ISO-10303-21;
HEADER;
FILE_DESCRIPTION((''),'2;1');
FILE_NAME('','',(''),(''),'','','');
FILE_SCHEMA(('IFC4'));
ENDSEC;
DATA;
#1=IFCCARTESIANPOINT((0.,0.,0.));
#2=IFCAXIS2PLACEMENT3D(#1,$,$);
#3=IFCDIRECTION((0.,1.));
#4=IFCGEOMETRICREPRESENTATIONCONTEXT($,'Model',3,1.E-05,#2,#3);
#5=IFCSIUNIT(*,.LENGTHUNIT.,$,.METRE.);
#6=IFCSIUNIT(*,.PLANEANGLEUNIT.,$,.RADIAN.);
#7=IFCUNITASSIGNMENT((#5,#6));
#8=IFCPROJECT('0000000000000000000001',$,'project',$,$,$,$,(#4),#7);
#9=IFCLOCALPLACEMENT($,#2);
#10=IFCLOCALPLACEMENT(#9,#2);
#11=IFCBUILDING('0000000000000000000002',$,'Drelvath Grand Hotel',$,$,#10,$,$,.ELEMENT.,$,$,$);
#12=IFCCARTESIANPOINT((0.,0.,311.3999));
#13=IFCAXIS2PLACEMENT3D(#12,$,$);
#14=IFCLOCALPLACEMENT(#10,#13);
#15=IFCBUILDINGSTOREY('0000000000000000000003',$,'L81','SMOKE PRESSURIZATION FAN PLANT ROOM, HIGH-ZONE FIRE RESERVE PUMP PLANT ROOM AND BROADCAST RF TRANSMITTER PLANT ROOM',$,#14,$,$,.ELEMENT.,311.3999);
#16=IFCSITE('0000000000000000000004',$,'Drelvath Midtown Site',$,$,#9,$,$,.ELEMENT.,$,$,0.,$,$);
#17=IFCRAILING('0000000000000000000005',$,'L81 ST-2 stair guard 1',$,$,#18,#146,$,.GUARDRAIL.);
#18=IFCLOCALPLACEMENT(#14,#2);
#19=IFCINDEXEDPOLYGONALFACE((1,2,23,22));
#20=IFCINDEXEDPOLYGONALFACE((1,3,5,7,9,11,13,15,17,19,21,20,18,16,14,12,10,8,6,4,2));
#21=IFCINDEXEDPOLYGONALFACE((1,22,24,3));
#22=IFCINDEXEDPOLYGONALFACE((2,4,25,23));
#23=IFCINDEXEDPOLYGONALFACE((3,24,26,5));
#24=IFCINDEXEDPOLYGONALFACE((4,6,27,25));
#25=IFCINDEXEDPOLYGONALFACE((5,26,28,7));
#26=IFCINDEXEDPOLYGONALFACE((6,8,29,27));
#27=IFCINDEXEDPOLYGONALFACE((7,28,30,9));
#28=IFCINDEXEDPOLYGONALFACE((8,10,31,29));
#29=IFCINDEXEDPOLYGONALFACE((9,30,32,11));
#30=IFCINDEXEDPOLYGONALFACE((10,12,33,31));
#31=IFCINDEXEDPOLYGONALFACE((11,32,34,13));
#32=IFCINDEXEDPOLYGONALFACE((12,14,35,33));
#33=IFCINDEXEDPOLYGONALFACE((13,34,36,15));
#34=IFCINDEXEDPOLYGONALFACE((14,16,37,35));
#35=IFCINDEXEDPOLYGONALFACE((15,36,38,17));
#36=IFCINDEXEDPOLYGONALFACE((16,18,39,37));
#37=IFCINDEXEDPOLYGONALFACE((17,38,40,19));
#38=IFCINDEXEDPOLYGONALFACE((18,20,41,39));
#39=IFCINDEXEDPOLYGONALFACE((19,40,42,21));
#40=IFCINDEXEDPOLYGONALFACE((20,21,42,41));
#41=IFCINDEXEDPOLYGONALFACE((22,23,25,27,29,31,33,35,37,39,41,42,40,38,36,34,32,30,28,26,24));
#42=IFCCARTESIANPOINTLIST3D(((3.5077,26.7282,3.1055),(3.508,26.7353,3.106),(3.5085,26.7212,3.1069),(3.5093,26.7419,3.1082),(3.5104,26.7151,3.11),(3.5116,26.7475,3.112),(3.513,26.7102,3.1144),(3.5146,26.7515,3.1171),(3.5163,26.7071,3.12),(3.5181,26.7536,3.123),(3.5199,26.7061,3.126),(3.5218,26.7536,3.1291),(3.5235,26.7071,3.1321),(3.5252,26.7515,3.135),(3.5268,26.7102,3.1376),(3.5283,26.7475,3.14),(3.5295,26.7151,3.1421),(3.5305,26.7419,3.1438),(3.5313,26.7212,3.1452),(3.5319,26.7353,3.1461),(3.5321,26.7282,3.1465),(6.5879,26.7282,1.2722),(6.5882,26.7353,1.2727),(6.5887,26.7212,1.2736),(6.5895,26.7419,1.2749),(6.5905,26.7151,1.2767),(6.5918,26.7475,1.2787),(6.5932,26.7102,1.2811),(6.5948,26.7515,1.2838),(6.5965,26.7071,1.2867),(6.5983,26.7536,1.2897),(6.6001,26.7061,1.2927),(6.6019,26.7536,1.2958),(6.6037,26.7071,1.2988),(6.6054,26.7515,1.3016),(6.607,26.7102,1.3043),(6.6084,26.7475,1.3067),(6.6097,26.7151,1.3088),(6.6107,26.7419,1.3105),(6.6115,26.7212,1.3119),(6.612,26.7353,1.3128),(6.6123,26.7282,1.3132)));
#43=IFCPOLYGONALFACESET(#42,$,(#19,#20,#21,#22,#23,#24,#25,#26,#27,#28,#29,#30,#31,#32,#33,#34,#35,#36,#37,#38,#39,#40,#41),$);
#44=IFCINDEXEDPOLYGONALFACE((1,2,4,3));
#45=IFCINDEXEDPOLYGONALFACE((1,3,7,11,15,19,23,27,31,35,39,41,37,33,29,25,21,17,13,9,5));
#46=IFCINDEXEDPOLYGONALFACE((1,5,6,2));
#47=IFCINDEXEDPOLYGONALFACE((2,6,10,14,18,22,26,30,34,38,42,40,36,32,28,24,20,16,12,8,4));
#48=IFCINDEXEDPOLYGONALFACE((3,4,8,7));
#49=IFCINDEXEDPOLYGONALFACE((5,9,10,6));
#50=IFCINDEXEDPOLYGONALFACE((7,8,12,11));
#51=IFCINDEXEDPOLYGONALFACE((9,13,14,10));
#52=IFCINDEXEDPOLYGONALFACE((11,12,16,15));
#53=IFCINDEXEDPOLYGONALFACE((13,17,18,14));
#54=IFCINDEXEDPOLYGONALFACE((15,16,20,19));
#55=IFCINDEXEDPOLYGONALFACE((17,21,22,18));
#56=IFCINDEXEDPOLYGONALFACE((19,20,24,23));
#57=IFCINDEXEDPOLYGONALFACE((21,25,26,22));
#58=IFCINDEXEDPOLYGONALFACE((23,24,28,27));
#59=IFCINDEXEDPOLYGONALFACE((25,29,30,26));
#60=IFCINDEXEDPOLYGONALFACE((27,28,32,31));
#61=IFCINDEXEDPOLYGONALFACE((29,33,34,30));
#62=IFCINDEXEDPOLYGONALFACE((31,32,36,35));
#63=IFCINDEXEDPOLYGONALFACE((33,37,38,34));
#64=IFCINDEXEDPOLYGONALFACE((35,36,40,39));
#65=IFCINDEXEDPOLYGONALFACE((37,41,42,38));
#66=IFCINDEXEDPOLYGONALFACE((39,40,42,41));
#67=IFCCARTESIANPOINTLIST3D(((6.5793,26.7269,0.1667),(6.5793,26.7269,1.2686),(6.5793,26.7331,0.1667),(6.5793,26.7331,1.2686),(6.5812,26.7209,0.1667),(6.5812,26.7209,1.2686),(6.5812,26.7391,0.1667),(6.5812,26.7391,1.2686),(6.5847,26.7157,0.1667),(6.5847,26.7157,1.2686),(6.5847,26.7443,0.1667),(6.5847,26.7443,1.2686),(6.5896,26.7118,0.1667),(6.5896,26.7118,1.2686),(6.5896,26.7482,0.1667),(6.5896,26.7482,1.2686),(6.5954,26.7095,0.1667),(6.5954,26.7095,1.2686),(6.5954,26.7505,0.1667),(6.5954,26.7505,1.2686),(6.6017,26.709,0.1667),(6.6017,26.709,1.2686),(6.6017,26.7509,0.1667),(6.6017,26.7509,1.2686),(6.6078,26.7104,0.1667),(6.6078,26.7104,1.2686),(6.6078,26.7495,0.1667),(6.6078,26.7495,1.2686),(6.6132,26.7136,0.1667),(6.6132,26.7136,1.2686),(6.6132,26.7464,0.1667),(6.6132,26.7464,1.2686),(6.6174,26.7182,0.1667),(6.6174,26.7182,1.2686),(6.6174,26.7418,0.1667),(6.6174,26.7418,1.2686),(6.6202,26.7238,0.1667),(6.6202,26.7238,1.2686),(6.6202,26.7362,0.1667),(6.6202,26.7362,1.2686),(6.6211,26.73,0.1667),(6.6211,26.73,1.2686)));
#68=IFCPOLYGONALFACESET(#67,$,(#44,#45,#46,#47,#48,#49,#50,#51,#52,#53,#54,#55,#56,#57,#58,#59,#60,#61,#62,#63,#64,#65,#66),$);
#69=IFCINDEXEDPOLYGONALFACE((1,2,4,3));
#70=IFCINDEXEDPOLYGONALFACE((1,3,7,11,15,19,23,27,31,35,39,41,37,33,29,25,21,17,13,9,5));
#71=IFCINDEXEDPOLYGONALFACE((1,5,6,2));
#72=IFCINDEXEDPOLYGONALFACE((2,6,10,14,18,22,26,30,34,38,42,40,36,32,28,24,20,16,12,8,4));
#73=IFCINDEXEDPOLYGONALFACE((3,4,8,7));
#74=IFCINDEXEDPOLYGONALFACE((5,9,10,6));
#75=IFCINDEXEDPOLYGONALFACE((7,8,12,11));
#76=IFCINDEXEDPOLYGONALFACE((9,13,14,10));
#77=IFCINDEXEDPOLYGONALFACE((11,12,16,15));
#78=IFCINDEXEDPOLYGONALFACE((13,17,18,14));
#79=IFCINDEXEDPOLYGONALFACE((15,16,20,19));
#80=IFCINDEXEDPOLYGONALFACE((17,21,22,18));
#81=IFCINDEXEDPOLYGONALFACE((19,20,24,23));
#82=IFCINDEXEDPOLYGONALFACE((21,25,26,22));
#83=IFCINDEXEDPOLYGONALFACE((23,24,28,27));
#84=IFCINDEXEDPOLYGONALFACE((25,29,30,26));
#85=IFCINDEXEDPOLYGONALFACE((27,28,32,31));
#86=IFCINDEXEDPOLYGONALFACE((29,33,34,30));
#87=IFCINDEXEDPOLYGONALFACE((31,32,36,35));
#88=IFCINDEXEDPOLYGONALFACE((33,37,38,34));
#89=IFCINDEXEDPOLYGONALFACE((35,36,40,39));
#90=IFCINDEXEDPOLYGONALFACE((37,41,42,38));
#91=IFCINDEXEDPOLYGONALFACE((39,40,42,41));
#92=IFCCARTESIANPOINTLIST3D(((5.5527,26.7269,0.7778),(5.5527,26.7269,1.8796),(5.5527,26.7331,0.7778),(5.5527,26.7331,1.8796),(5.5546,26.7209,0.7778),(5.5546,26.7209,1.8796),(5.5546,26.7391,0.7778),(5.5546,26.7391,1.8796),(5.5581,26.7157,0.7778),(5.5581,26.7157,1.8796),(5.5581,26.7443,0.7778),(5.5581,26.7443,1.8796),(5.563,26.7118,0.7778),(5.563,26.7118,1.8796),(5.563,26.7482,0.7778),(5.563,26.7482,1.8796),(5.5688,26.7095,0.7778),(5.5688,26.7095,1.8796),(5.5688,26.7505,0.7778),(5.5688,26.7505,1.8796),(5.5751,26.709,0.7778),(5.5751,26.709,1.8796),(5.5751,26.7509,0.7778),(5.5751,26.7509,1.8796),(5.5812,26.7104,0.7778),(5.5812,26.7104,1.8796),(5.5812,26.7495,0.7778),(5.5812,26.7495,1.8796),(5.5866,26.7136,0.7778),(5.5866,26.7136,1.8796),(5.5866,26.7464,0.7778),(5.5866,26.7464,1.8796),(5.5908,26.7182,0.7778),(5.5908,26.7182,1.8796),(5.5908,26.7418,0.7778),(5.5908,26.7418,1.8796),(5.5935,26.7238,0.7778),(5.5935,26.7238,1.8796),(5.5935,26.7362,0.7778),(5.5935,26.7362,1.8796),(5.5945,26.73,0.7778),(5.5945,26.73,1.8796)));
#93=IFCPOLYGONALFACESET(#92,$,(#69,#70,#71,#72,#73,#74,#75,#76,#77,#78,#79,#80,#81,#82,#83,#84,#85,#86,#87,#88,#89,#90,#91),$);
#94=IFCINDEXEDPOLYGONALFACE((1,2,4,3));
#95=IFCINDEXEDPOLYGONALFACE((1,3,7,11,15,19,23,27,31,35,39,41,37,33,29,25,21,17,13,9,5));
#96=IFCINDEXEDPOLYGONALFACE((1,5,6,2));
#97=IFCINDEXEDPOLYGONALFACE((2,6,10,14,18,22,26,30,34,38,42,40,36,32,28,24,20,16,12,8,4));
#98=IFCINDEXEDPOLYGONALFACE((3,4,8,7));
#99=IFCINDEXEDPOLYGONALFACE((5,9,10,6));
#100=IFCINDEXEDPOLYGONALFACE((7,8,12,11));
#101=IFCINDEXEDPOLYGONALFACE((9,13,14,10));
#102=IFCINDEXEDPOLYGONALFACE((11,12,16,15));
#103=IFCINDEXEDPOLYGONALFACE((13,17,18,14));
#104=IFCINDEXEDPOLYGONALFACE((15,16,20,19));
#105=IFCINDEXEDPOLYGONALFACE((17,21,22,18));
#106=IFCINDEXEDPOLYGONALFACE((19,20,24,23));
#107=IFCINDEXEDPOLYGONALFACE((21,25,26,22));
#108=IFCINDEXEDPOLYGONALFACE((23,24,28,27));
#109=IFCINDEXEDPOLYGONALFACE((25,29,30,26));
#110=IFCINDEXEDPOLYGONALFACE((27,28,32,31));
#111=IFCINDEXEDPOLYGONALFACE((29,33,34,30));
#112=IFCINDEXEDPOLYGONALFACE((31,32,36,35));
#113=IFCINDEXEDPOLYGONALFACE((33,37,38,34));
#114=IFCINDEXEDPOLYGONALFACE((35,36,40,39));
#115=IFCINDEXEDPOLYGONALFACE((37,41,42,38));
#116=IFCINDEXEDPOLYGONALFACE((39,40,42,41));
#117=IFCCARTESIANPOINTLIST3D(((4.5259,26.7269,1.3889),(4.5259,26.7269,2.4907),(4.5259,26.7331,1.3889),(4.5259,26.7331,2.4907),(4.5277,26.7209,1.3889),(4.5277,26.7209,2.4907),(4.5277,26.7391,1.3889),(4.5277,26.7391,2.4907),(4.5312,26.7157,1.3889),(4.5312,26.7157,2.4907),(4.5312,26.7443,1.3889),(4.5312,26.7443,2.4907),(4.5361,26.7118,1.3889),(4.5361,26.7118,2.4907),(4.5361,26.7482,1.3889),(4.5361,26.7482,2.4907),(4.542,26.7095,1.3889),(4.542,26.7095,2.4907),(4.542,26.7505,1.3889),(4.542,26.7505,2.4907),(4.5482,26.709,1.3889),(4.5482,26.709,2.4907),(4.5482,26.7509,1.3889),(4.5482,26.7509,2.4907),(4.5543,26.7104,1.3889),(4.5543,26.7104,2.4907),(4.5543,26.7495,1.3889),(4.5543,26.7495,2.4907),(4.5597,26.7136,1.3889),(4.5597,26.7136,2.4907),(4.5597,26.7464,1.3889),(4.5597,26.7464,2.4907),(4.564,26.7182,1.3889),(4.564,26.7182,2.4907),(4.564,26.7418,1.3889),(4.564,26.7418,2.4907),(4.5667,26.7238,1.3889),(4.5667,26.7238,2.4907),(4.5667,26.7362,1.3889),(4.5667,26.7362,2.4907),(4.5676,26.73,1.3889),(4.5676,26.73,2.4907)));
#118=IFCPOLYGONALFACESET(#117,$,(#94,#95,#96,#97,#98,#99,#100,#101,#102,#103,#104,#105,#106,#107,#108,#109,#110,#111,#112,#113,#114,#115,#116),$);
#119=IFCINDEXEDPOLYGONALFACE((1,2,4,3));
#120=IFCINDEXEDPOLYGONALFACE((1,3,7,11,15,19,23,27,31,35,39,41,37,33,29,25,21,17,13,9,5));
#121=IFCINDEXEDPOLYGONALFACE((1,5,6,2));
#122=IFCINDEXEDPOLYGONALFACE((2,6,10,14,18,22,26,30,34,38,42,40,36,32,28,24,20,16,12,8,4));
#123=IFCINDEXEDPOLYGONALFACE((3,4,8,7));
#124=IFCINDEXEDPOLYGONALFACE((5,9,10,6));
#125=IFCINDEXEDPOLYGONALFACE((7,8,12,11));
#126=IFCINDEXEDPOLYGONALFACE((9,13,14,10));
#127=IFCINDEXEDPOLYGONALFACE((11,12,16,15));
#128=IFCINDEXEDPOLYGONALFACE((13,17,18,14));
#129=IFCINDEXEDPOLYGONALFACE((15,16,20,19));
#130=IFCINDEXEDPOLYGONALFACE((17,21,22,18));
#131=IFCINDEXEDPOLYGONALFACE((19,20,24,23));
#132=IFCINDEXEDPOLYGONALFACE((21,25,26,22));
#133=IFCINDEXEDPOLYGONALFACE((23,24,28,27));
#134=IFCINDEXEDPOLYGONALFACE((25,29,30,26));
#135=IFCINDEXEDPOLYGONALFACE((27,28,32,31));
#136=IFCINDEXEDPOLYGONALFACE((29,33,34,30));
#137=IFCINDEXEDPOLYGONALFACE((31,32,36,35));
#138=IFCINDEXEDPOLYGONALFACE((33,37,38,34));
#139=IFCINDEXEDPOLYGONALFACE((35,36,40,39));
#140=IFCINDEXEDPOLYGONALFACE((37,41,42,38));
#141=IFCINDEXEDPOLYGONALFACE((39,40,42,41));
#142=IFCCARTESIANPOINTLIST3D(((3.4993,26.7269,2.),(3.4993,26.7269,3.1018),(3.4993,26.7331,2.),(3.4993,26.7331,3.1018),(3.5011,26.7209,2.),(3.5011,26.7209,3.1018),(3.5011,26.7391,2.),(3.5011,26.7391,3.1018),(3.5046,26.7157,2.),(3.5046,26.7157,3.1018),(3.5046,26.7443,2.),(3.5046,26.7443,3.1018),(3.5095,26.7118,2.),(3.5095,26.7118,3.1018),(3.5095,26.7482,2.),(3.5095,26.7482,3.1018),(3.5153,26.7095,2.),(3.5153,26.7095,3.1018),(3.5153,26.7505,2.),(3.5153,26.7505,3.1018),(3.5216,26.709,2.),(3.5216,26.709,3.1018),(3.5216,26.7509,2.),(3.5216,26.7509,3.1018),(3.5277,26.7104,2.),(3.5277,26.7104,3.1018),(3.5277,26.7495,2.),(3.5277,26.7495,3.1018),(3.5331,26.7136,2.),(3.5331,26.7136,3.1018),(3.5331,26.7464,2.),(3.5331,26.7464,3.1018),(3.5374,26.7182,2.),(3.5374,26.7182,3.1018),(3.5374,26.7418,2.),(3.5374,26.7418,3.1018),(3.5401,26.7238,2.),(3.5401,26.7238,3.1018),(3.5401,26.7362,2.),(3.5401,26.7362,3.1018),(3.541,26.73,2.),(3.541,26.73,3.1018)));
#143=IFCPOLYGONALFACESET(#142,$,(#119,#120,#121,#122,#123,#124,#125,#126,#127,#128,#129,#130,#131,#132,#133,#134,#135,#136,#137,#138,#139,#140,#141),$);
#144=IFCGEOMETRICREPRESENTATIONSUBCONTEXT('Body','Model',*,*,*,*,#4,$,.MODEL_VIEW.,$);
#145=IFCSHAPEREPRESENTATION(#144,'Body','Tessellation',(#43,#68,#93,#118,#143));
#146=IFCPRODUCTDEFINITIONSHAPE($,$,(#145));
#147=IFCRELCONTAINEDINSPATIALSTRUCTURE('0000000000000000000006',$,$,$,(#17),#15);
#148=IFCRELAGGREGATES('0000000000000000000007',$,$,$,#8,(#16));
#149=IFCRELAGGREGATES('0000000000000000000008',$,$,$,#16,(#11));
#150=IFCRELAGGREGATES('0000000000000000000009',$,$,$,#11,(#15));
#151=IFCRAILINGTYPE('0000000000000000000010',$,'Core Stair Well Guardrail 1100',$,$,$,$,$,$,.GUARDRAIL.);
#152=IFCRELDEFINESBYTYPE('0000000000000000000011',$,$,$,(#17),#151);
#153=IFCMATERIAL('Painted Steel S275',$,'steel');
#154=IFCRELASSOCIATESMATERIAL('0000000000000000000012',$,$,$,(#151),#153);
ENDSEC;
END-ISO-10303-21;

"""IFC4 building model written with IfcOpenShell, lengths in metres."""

from ifc_helpers import new_model, si_unit, direction, frame, origin, origin_2d, place, context, subcontext, project, spatial, circle, extrude, material, type_object, element, save


model = new_model("IFC4")

# Units and contexts
model_context = context("Model", 3, precision=1e-05, world=origin(), true_north=direction((0.0, 1.0)))
body_context = subcontext(model_context, "Body", "Model", "MODEL_VIEW")
ifc_project = project(units=[si_unit("LENGTHUNIT", "METRE"), si_unit("PLANEANGLEUNIT", "RADIAN")], contexts=[model_context])

# Site, building, storey
site_placement = place(None, origin())
site = spatial("IfcSite", under=ifc_project, at=site_placement, Name="Drelvath Midtown Site", CompositionType="ELEMENT", RefElevation=0.0)
building_placement = place(site_placement, origin())
building = spatial("IfcBuilding", under=site, at=building_placement, Name="Drelvath Grand Hotel", CompositionType="ELEMENT")
storey_placement = place(building_placement, frame((0.0, 0.0, 311.3999)))
storey = spatial("IfcBuildingStorey", under=building, at=storey_placement, Name="L81", Description="SMOKE PRESSURIZATION FAN PLANT ROOM, HIGH-ZONE FIRE RESERVE PUMP PLANT ROOM AND BROADCAST RF TRANSMITTER PLANT ROOM", CompositionType="ELEMENT", Elevation=311.3999)

# Shared definitions
ifc_material_1 = material(Name="Painted Steel S275", Category="steel")

# Railing
railing_type_1 = type_object("IfcRailingType", Name="Core Stair Well Guardrail 1100", PredefinedType="GUARDRAIL", material=ifc_material_1)
railing_1_placement = place(storey_placement, frame((6.6001, 26.73, 0.1667)))
element("IfcRailing", 1, at=railing_1_placement, inside=storey, type_object=railing_type_1, Name="L81 ST-2 stair guard 1", PredefinedType="GUARDRAIL", context=body_context, shape_type="SweptSolid", body=[
    extrude(circle(Radius=0.0239, at=origin_2d()), frame((0.0, 0.0, 1.126), z_axis=(-0.859309, 0.0, 0.511458), x_axis=(0.0, -1.0, 0.0)), (0.0, 0.0, 1.0), 3.5845),
    extrude(circle(Radius=0.021, at=origin_2d()), origin(), (0.0, 0.0, 1.0), 1.1018),
    extrude(circle(Radius=0.021, at=origin_2d()), frame((-1.0266, 0.0, 0.6111)), (0.0, 0.0, 1.0), 1.1018),
    extrude(circle(Radius=0.021, at=origin_2d()), frame((-2.0535, 0.0, 1.2222)), (0.0, 0.0, 1.0), 1.1018),
    extrude(circle(Radius=0.021, at=origin_2d()), frame((-3.0801, 0.0, 1.8333)), (0.0, 0.0, 1.0), 1.1018),
])

save(model, "model.ifc")
